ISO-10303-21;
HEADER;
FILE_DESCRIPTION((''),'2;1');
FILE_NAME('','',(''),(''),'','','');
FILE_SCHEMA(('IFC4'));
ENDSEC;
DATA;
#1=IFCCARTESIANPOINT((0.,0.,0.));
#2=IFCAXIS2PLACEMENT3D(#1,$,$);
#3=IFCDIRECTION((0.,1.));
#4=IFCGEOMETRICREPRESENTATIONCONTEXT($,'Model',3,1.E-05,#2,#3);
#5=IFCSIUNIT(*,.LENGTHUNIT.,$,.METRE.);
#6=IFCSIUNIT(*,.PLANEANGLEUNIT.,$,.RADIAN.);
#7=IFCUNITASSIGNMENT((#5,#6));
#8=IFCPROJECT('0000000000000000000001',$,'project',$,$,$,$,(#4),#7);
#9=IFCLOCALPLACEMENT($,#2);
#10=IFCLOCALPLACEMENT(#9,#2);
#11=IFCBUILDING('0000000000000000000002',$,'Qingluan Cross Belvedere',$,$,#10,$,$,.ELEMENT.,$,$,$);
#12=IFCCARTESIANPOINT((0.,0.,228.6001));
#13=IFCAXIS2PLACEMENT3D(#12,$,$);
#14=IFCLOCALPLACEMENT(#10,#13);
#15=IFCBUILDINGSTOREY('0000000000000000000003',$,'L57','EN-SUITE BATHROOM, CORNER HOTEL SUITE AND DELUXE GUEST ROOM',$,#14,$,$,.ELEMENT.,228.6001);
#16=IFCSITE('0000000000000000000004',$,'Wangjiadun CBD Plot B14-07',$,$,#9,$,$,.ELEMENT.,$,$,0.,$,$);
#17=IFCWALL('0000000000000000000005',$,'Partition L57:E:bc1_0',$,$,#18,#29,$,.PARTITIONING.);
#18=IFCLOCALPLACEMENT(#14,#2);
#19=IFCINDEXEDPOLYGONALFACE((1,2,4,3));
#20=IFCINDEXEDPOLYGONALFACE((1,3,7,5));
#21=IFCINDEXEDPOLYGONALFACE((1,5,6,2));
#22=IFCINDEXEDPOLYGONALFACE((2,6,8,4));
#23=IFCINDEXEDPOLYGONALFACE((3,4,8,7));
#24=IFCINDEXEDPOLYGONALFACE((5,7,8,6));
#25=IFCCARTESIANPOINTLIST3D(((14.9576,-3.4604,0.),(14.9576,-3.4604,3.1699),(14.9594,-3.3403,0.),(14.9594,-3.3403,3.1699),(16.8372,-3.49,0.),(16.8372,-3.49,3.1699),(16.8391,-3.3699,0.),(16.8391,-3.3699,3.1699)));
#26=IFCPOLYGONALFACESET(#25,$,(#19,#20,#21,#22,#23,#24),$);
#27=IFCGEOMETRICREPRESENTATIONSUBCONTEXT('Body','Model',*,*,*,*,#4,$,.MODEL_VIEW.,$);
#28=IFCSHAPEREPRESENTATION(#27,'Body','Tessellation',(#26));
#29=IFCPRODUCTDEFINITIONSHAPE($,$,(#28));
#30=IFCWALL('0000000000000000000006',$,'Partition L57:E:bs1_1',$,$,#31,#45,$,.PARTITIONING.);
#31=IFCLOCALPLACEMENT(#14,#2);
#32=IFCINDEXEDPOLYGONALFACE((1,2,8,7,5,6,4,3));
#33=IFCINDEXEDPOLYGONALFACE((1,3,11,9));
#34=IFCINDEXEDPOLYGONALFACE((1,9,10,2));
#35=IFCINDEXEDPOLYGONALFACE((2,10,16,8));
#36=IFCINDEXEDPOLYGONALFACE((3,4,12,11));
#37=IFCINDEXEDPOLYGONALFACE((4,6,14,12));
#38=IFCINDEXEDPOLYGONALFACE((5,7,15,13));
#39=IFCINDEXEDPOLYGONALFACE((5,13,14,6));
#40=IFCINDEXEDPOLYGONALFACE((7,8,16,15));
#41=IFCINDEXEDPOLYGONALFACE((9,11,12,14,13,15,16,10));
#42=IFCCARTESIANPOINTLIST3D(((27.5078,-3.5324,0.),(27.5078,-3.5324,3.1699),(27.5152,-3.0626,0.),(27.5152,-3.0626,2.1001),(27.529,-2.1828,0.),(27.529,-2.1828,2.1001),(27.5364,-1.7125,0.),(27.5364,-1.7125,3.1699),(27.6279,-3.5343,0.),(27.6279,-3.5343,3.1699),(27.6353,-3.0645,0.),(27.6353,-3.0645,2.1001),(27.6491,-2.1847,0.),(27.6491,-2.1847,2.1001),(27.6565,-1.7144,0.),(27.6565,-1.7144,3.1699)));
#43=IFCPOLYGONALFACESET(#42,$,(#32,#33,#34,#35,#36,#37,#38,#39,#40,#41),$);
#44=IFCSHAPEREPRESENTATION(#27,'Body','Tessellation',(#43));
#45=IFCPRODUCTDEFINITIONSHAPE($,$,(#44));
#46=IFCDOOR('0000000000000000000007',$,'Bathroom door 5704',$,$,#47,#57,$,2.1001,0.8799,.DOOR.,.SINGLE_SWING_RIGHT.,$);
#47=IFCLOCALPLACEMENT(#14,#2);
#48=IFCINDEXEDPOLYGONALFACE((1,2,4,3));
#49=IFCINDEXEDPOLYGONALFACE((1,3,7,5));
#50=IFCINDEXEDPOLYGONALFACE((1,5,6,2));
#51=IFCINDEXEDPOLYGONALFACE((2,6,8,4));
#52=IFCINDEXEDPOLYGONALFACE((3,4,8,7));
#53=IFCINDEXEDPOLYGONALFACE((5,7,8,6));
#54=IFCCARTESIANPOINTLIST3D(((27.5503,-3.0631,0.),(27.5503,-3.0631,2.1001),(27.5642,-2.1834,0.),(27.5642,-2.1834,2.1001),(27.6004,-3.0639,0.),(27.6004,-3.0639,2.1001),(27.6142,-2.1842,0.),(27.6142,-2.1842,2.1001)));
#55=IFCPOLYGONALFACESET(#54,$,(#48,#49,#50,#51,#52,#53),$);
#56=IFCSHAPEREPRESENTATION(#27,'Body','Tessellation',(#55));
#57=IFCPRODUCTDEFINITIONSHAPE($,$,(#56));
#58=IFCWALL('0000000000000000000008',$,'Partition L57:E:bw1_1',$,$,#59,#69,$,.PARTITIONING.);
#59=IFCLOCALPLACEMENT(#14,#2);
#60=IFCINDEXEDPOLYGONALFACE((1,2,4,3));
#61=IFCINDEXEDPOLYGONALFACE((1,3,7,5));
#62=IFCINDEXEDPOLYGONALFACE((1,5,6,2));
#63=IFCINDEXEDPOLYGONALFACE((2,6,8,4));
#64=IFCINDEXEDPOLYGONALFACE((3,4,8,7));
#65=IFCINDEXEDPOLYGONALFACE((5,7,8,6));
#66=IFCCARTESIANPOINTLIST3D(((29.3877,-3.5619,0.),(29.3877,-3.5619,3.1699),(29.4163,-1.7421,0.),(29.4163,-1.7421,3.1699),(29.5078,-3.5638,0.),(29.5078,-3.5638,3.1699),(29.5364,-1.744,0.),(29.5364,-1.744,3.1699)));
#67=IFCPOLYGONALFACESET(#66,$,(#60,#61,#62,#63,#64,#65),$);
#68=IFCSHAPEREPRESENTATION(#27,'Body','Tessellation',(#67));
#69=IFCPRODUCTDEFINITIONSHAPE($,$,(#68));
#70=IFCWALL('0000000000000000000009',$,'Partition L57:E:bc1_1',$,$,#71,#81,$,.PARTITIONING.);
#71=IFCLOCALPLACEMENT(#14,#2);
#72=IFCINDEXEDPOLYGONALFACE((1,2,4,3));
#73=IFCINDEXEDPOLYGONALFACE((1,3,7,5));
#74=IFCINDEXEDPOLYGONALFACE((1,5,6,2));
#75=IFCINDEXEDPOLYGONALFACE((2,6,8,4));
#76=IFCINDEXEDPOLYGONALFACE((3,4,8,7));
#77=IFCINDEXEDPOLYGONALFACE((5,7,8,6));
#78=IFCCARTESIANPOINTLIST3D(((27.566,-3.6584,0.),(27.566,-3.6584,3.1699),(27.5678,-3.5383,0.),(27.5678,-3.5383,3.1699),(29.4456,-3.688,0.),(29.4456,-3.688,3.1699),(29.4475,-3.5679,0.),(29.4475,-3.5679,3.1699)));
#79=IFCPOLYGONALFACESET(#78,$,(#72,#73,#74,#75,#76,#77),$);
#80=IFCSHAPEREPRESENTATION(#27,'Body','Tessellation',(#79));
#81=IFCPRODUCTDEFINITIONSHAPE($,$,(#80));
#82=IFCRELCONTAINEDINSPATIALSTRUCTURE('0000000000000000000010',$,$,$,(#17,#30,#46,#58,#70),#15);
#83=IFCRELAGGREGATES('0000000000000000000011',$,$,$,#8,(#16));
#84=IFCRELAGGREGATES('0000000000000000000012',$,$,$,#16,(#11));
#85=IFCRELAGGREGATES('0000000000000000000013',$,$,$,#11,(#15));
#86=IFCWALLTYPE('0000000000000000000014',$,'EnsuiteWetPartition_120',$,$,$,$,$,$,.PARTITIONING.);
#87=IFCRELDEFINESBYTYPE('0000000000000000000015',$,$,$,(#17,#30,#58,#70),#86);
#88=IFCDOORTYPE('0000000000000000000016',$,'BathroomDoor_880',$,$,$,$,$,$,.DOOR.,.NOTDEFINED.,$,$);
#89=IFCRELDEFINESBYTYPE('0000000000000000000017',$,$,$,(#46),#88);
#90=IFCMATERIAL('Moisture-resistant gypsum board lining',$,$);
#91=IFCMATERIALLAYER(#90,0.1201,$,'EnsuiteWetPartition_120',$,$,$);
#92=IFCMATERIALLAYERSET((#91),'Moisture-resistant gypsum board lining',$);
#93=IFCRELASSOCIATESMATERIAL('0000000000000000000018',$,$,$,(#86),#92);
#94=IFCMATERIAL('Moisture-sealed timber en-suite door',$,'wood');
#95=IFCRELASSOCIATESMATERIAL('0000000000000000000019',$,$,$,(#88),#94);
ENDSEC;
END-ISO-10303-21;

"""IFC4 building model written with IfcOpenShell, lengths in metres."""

from ifc_helpers import new_model, si_unit, direction, frame, frame_2d, origin, place, context, subcontext, project, spatial, rectangle, extrude, material, layer, layer_set, type_object, element, fill, save


model = new_model("IFC4")

# Units and contexts
model_context = context("Model", 3, precision=1e-05, world=origin(), true_north=direction((0.0, 1.0)))
body_context = subcontext(model_context, "Body", "Model", "MODEL_VIEW")
ifc_project = project(units=[si_unit("LENGTHUNIT", "METRE"), si_unit("PLANEANGLEUNIT", "RADIAN")], contexts=[model_context])

# Site, building, storey
site_placement = place(None, origin())
site = spatial("IfcSite", under=ifc_project, at=site_placement, Name="Wangjiadun CBD Plot B14-07", CompositionType="ELEMENT", RefElevation=0.0)
building_placement = place(site_placement, origin())
building = spatial("IfcBuilding", under=site, at=building_placement, Name="Qingluan Cross Belvedere", CompositionType="ELEMENT")
storey_placement = place(building_placement, frame((0.0, 0.0, 228.6001)))
storey = spatial("IfcBuildingStorey", under=building, at=storey_placement, Name="L57", Description="EN-SUITE BATHROOM, CORNER HOTEL SUITE AND DELUXE GUEST ROOM", CompositionType="ELEMENT", Elevation=228.6001)

# Shared definitions
ifc_material_1 = material(Name="Moisture-resistant gypsum board lining")
ifc_layer_1 = layer(ifc_material_1, 0.1201, Name="EnsuiteWetPartition_120")
ifc_layer_set_1 = layer_set([ifc_layer_1], Name="Moisture-resistant gypsum board lining")
wall_type_1 = type_object("IfcWallType", Name="EnsuiteWetPartition_120", PredefinedType="PARTITIONING", material=ifc_layer_set_1)
ifc_material_2 = material(Name="Moisture-sealed timber en-suite door", Category="wood")
door_type_1 = type_object("IfcDoorType", Name="BathroomDoor_880", OperationType="NOTDEFINED", PredefinedType="DOOR", material=ifc_material_2)

# Wall
wall_1_placement = place(storey_placement, frame((14.9585, -3.4004, 0.0), z_axis=(0.0, 0.0, 1.0), x_axis=(0.999877, -0.015714, 0.0)))
element("IfcWall", 1, at=wall_1_placement, inside=storey, type_object=wall_type_1, Name="Partition L57:E:bc1_0", PredefinedType="PARTITIONING", context=body_context, shape_type="SweptSolid", body=[
    extrude(rectangle(XDim=1.8799, YDim=0.1201, at=frame_2d((0.9399, 0.0))), origin(), (0.0, 0.0, 1.0), 3.1699),
])

# Wall, opening, door
wall_2_placement = place(storey_placement, frame((27.5679, -3.5334, 0.0), z_axis=(0.0, 0.0, 1.0), x_axis=(0.015694, 0.999877, 0.0)))
wall_2 = element("IfcWall", 2, at=wall_2_placement, inside=storey, type_object=wall_type_1, Name="Partition L57:E:bs1_1", PredefinedType="PARTITIONING", context=body_context, shape_type="SweptSolid", body=[
    extrude(rectangle(XDim=1.8201, YDim=0.1201, at=frame_2d((0.9102, 0.0))), origin(), (0.0, 0.0, 1.0), 3.1699),
])
opening_1_placement = place(wall_2_placement, frame((0.47, 0.0, 0.0)))
opening_1 = element("IfcOpeningElement", 3, at=opening_1_placement, cuts=wall_2, PredefinedType="OPENING", context=body_context, shape_type="SweptSolid", body=[
    extrude(rectangle(XDim=0.8799, YDim=2.1001, at=frame_2d((0.4399, 1.05))), frame((0.0, 0.0701, 0.0), z_axis=(0.0, -1.0, 0.0), x_axis=(1.0, 0.0, 0.0)), (0.0, 0.0, 1.0), 0.1401),
])
door_1_placement = place(opening_1_placement, origin())
door_1 = element("IfcDoor", 4, at=door_1_placement, inside=storey, type_object=door_type_1, Name="Bathroom door 5704", OperationType="SINGLE_SWING_RIGHT", OverallHeight=2.1001, OverallWidth=0.8799, PredefinedType="DOOR", context=body_context, shape_type="SweptSolid", body=[
    extrude(rectangle(XDim=0.8799, YDim=2.1001, at=frame_2d((0.4399, 1.05))), frame((0.0, 0.0249, 0.0), z_axis=(0.0, -1.0, 0.0), x_axis=(1.0, 0.0, 0.0)), (0.0, 0.0, 1.0), 0.05),
])
fill(opening_1, door_1)

# Walls
wall_3_placement = place(storey_placement, frame((29.4478, -3.563, 0.0), z_axis=(0.0, 0.0, 1.0), x_axis=(0.015694, 0.999877, 0.0)))
element("IfcWall", 5, at=wall_3_placement, inside=storey, type_object=wall_type_1, Name="Partition L57:E:bw1_1", PredefinedType="PARTITIONING", context=body_context, shape_type="SweptSolid", body=[
    extrude(rectangle(XDim=1.8201, YDim=0.1201, at=frame_2d((0.9102, 0.0))), origin(), (0.0, 0.0, 1.0), 3.1699),
])
wall_4_placement = place(storey_placement, frame((27.5669, -3.5984, 0.0), z_axis=(0.0, 0.0, 1.0), x_axis=(0.999877, -0.015714, 0.0)))
element("IfcWall", 6, at=wall_4_placement, inside=storey, type_object=wall_type_1, Name="Partition L57:E:bc1_1", PredefinedType="PARTITIONING", context=body_context, shape_type="SweptSolid", body=[
    extrude(rectangle(XDim=1.8799, YDim=0.1201, at=frame_2d((0.9399, 0.0))), origin(), (0.0, 0.0, 1.0), 3.1699),
])

save(model, "model.ifc")
